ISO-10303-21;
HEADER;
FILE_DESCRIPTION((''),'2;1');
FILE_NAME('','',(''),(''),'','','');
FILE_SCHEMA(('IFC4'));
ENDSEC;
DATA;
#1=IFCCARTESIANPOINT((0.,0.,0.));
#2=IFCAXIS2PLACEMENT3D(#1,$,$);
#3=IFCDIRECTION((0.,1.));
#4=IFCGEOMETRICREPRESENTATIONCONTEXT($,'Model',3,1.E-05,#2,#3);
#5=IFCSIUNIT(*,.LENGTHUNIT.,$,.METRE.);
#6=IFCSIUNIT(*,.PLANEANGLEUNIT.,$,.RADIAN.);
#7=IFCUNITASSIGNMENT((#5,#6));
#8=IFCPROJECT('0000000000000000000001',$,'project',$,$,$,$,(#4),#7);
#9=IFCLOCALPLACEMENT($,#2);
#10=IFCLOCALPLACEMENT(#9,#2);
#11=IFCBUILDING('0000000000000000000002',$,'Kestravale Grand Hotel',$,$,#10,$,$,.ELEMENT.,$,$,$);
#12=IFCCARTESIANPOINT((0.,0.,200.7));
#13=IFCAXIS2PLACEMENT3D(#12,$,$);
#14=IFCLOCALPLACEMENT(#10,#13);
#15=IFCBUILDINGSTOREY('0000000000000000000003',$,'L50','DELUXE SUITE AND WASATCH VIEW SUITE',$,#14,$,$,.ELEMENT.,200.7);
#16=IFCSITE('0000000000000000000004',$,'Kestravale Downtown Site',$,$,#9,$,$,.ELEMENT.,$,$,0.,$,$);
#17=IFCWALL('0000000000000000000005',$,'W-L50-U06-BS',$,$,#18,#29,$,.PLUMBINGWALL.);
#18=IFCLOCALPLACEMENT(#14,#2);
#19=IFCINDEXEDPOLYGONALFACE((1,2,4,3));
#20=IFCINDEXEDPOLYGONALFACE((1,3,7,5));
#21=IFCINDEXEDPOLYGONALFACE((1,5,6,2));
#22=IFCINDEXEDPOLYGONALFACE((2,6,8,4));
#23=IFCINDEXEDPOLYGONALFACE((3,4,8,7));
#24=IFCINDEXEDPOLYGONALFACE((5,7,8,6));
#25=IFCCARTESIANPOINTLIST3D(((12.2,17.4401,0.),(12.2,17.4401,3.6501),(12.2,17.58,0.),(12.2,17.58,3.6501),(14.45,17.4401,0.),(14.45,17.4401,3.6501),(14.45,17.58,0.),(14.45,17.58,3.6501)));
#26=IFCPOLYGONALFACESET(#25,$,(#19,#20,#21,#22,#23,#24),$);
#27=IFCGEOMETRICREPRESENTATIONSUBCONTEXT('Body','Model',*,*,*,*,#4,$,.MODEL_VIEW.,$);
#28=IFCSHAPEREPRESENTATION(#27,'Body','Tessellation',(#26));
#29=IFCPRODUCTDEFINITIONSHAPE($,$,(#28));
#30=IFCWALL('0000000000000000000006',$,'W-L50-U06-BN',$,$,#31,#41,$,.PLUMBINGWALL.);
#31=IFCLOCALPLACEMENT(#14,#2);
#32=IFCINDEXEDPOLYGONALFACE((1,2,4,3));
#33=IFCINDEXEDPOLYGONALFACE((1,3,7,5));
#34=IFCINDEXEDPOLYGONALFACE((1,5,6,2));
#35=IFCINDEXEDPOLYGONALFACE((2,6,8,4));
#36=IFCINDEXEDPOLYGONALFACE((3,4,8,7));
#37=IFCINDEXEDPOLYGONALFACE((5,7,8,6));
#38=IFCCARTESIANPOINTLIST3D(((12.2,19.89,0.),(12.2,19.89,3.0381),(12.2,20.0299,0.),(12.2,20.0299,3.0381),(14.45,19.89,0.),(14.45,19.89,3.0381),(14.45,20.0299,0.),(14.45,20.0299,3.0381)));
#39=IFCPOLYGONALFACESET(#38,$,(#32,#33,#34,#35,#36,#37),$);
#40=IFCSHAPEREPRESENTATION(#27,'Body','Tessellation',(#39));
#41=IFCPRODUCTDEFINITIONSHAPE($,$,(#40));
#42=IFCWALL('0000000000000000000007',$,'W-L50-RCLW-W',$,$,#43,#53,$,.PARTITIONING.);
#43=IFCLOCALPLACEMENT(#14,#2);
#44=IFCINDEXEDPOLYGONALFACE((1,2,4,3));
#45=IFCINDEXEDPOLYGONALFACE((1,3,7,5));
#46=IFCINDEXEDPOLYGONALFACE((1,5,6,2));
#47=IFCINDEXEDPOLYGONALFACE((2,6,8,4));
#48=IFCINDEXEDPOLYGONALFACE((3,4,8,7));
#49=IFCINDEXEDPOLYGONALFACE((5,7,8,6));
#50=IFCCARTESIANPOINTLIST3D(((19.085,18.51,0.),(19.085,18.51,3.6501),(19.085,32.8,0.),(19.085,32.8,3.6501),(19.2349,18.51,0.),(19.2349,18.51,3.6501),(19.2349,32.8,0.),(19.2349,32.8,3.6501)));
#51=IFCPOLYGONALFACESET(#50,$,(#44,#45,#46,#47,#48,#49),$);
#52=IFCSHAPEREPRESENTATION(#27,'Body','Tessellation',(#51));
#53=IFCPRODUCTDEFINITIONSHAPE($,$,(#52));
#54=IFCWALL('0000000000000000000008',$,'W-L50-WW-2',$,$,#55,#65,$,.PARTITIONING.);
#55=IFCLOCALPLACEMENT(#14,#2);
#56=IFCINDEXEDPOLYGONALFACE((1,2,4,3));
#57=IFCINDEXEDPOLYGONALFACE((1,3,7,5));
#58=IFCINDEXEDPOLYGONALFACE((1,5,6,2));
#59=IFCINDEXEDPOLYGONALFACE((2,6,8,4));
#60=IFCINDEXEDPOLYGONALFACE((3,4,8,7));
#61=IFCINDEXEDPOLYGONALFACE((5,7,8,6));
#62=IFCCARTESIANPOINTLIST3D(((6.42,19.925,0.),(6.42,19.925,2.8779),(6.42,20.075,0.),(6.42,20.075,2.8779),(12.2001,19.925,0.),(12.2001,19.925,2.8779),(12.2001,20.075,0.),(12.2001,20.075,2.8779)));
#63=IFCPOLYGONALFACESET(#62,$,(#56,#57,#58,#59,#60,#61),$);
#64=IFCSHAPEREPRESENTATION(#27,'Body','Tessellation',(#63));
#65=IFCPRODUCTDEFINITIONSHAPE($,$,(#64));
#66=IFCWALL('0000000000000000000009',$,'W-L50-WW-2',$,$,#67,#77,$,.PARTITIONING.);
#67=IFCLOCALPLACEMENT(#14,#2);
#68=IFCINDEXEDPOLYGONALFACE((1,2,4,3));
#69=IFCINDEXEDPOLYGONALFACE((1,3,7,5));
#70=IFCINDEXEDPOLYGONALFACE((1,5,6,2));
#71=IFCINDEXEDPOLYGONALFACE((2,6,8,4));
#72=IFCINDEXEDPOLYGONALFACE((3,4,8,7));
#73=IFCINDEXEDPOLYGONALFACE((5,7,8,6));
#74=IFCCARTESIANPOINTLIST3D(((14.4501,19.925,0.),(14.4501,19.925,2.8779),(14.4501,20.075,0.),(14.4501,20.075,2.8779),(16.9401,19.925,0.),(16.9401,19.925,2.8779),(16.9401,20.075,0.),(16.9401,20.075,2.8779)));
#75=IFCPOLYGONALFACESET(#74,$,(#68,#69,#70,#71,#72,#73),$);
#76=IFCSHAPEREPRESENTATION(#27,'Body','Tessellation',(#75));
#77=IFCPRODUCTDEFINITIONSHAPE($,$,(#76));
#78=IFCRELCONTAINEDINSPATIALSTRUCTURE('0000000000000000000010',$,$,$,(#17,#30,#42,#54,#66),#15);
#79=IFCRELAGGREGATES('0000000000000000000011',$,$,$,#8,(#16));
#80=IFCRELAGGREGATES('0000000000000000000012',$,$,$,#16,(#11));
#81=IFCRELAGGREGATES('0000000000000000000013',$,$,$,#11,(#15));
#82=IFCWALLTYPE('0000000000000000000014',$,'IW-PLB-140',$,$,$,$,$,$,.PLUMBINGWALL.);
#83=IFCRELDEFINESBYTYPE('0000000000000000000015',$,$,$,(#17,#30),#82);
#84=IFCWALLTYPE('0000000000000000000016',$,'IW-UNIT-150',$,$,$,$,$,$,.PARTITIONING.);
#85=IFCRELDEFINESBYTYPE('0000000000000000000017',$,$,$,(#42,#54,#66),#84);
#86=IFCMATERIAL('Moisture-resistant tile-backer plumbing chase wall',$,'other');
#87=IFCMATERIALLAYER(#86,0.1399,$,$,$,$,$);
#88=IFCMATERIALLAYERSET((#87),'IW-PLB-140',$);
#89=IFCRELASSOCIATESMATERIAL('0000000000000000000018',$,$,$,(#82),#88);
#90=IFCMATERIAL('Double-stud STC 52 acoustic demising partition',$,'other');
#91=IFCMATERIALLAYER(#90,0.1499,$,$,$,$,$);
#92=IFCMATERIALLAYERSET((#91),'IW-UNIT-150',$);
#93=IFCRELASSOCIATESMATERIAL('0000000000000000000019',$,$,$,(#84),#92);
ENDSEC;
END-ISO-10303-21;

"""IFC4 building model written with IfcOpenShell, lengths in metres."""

from ifc_helpers import new_model, si_unit, direction, frame, frame_2d, origin, place, context, subcontext, project, spatial, rectangle, extrude, material, layer, layer_set, type_object, element, save


model = new_model("IFC4")

# Units and contexts
model_context = context("Model", 3, precision=1e-05, world=origin(), true_north=direction((0.0, 1.0)))
body_context = subcontext(model_context, "Body", "Model", "MODEL_VIEW")
ifc_project = project(units=[si_unit("LENGTHUNIT", "METRE"), si_unit("PLANEANGLEUNIT", "RADIAN")], contexts=[model_context])

# Site, building, storey
site_placement = place(None, origin())
site = spatial("IfcSite", under=ifc_project, at=site_placement, Name="Kestravale Downtown Site", CompositionType="ELEMENT", RefElevation=0.0)
building_placement = place(site_placement, origin())
building = spatial("IfcBuilding", under=site, at=building_placement, Name="Kestravale Grand Hotel", CompositionType="ELEMENT")
storey_placement = place(building_placement, frame((0.0, 0.0, 200.7)))
storey = spatial("IfcBuildingStorey", under=building, at=storey_placement, Name="L50", Description="DELUXE SUITE AND WASATCH VIEW SUITE", CompositionType="ELEMENT", Elevation=200.7)

# Shared definitions
ifc_material_1 = material(Name="Moisture-resistant tile-backer plumbing chase wall", Category="other")
ifc_layer_1 = layer(ifc_material_1, 0.1399)
ifc_layer_set_1 = layer_set([ifc_layer_1], Name="IW-PLB-140")
wall_type_1 = type_object("IfcWallType", Name="IW-PLB-140", PredefinedType="PLUMBINGWALL", material=ifc_layer_set_1)

# Walls
wall_1_placement = place(storey_placement, frame((12.2, 17.51, 0.0), z_axis=(0.0, 0.0, 1.0), x_axis=(1.0, 0.0, 0.0)))
element("IfcWall", 1, at=wall_1_placement, inside=storey, type_object=wall_type_1, Name="W-L50-U06-BS", PredefinedType="PLUMBINGWALL", context=body_context, shape_type="SweptSolid", body=[
    extrude(rectangle(XDim=2.25, YDim=0.1399, at=frame_2d((1.125, 0.0))), origin(), (0.0, 0.0, 1.0), 3.6501),
])
wall_2_placement = place(storey_placement, frame((12.2, 19.96, 0.0), z_axis=(0.0, 0.0, 1.0), x_axis=(1.0, 0.0, 0.0)))
element("IfcWall", 2, at=wall_2_placement, inside=storey, type_object=wall_type_1, Name="W-L50-U06-BN", PredefinedType="PLUMBINGWALL", context=body_context, shape_type="SweptSolid", body=[
    extrude(rectangle(XDim=2.25, YDim=0.1399, at=frame_2d((1.125, 0.0))), origin(), (0.0, 0.0, 1.0), 3.0381),
])
ifc_material_2 = material(Name="Double-stud STC 52 acoustic demising partition", Category="other")
ifc_layer_2 = layer(ifc_material_2, 0.1499)
ifc_layer_set_2 = layer_set([ifc_layer_2], Name="IW-UNIT-150")
wall_type_2 = type_object("IfcWallType", Name="IW-UNIT-150", PredefinedType="PARTITIONING", material=ifc_layer_set_2)
wall_3_placement = place(storey_placement, frame((19.1599, 18.51, 0.0), z_axis=(0.0, 0.0, 1.0), x_axis=(0.0, 1.0, 0.0)))
element("IfcWall", 3, at=wall_3_placement, inside=storey, type_object=wall_type_2, Name="W-L50-RCLW-W", PredefinedType="PARTITIONING", context=body_context, shape_type="SweptSolid", body=[
    extrude(rectangle(XDim=14.29, YDim=0.1499, at=frame_2d((7.145, 0.0))), origin(), (0.0, 0.0, 1.0), 3.6501),
])
wall_4_placement = place(storey_placement, frame((6.4199, 20.0, 0.0), z_axis=(0.0, 0.0, 1.0), x_axis=(1.0, 0.0, 0.0)))
element("IfcWall", 4, at=wall_4_placement, inside=storey, type_object=wall_type_2, Name="W-L50-WW-2", PredefinedType="PARTITIONING", context=body_context, shape_type="SweptSolid", body=[
    extrude(rectangle(XDim=5.78, YDim=0.1499, at=frame_2d((2.8901, 0.0))), origin(), (0.0, 0.0, 1.0), 2.8779),
])
wall_5_placement = place(storey_placement, frame((14.45, 20.0, 0.0), z_axis=(0.0, 0.0, 1.0), x_axis=(1.0, 0.0, 0.0)))
element("IfcWall", 5, at=wall_5_placement, inside=storey, type_object=wall_type_2, Name="W-L50-WW-2", PredefinedType="PARTITIONING", context=body_context, shape_type="SweptSolid", body=[
    extrude(rectangle(XDim=2.49, YDim=0.1499, at=frame_2d((1.2451, 0.0))), origin(), (0.0, 0.0, 1.0), 2.8779),
])

save(model, "model.ifc")
